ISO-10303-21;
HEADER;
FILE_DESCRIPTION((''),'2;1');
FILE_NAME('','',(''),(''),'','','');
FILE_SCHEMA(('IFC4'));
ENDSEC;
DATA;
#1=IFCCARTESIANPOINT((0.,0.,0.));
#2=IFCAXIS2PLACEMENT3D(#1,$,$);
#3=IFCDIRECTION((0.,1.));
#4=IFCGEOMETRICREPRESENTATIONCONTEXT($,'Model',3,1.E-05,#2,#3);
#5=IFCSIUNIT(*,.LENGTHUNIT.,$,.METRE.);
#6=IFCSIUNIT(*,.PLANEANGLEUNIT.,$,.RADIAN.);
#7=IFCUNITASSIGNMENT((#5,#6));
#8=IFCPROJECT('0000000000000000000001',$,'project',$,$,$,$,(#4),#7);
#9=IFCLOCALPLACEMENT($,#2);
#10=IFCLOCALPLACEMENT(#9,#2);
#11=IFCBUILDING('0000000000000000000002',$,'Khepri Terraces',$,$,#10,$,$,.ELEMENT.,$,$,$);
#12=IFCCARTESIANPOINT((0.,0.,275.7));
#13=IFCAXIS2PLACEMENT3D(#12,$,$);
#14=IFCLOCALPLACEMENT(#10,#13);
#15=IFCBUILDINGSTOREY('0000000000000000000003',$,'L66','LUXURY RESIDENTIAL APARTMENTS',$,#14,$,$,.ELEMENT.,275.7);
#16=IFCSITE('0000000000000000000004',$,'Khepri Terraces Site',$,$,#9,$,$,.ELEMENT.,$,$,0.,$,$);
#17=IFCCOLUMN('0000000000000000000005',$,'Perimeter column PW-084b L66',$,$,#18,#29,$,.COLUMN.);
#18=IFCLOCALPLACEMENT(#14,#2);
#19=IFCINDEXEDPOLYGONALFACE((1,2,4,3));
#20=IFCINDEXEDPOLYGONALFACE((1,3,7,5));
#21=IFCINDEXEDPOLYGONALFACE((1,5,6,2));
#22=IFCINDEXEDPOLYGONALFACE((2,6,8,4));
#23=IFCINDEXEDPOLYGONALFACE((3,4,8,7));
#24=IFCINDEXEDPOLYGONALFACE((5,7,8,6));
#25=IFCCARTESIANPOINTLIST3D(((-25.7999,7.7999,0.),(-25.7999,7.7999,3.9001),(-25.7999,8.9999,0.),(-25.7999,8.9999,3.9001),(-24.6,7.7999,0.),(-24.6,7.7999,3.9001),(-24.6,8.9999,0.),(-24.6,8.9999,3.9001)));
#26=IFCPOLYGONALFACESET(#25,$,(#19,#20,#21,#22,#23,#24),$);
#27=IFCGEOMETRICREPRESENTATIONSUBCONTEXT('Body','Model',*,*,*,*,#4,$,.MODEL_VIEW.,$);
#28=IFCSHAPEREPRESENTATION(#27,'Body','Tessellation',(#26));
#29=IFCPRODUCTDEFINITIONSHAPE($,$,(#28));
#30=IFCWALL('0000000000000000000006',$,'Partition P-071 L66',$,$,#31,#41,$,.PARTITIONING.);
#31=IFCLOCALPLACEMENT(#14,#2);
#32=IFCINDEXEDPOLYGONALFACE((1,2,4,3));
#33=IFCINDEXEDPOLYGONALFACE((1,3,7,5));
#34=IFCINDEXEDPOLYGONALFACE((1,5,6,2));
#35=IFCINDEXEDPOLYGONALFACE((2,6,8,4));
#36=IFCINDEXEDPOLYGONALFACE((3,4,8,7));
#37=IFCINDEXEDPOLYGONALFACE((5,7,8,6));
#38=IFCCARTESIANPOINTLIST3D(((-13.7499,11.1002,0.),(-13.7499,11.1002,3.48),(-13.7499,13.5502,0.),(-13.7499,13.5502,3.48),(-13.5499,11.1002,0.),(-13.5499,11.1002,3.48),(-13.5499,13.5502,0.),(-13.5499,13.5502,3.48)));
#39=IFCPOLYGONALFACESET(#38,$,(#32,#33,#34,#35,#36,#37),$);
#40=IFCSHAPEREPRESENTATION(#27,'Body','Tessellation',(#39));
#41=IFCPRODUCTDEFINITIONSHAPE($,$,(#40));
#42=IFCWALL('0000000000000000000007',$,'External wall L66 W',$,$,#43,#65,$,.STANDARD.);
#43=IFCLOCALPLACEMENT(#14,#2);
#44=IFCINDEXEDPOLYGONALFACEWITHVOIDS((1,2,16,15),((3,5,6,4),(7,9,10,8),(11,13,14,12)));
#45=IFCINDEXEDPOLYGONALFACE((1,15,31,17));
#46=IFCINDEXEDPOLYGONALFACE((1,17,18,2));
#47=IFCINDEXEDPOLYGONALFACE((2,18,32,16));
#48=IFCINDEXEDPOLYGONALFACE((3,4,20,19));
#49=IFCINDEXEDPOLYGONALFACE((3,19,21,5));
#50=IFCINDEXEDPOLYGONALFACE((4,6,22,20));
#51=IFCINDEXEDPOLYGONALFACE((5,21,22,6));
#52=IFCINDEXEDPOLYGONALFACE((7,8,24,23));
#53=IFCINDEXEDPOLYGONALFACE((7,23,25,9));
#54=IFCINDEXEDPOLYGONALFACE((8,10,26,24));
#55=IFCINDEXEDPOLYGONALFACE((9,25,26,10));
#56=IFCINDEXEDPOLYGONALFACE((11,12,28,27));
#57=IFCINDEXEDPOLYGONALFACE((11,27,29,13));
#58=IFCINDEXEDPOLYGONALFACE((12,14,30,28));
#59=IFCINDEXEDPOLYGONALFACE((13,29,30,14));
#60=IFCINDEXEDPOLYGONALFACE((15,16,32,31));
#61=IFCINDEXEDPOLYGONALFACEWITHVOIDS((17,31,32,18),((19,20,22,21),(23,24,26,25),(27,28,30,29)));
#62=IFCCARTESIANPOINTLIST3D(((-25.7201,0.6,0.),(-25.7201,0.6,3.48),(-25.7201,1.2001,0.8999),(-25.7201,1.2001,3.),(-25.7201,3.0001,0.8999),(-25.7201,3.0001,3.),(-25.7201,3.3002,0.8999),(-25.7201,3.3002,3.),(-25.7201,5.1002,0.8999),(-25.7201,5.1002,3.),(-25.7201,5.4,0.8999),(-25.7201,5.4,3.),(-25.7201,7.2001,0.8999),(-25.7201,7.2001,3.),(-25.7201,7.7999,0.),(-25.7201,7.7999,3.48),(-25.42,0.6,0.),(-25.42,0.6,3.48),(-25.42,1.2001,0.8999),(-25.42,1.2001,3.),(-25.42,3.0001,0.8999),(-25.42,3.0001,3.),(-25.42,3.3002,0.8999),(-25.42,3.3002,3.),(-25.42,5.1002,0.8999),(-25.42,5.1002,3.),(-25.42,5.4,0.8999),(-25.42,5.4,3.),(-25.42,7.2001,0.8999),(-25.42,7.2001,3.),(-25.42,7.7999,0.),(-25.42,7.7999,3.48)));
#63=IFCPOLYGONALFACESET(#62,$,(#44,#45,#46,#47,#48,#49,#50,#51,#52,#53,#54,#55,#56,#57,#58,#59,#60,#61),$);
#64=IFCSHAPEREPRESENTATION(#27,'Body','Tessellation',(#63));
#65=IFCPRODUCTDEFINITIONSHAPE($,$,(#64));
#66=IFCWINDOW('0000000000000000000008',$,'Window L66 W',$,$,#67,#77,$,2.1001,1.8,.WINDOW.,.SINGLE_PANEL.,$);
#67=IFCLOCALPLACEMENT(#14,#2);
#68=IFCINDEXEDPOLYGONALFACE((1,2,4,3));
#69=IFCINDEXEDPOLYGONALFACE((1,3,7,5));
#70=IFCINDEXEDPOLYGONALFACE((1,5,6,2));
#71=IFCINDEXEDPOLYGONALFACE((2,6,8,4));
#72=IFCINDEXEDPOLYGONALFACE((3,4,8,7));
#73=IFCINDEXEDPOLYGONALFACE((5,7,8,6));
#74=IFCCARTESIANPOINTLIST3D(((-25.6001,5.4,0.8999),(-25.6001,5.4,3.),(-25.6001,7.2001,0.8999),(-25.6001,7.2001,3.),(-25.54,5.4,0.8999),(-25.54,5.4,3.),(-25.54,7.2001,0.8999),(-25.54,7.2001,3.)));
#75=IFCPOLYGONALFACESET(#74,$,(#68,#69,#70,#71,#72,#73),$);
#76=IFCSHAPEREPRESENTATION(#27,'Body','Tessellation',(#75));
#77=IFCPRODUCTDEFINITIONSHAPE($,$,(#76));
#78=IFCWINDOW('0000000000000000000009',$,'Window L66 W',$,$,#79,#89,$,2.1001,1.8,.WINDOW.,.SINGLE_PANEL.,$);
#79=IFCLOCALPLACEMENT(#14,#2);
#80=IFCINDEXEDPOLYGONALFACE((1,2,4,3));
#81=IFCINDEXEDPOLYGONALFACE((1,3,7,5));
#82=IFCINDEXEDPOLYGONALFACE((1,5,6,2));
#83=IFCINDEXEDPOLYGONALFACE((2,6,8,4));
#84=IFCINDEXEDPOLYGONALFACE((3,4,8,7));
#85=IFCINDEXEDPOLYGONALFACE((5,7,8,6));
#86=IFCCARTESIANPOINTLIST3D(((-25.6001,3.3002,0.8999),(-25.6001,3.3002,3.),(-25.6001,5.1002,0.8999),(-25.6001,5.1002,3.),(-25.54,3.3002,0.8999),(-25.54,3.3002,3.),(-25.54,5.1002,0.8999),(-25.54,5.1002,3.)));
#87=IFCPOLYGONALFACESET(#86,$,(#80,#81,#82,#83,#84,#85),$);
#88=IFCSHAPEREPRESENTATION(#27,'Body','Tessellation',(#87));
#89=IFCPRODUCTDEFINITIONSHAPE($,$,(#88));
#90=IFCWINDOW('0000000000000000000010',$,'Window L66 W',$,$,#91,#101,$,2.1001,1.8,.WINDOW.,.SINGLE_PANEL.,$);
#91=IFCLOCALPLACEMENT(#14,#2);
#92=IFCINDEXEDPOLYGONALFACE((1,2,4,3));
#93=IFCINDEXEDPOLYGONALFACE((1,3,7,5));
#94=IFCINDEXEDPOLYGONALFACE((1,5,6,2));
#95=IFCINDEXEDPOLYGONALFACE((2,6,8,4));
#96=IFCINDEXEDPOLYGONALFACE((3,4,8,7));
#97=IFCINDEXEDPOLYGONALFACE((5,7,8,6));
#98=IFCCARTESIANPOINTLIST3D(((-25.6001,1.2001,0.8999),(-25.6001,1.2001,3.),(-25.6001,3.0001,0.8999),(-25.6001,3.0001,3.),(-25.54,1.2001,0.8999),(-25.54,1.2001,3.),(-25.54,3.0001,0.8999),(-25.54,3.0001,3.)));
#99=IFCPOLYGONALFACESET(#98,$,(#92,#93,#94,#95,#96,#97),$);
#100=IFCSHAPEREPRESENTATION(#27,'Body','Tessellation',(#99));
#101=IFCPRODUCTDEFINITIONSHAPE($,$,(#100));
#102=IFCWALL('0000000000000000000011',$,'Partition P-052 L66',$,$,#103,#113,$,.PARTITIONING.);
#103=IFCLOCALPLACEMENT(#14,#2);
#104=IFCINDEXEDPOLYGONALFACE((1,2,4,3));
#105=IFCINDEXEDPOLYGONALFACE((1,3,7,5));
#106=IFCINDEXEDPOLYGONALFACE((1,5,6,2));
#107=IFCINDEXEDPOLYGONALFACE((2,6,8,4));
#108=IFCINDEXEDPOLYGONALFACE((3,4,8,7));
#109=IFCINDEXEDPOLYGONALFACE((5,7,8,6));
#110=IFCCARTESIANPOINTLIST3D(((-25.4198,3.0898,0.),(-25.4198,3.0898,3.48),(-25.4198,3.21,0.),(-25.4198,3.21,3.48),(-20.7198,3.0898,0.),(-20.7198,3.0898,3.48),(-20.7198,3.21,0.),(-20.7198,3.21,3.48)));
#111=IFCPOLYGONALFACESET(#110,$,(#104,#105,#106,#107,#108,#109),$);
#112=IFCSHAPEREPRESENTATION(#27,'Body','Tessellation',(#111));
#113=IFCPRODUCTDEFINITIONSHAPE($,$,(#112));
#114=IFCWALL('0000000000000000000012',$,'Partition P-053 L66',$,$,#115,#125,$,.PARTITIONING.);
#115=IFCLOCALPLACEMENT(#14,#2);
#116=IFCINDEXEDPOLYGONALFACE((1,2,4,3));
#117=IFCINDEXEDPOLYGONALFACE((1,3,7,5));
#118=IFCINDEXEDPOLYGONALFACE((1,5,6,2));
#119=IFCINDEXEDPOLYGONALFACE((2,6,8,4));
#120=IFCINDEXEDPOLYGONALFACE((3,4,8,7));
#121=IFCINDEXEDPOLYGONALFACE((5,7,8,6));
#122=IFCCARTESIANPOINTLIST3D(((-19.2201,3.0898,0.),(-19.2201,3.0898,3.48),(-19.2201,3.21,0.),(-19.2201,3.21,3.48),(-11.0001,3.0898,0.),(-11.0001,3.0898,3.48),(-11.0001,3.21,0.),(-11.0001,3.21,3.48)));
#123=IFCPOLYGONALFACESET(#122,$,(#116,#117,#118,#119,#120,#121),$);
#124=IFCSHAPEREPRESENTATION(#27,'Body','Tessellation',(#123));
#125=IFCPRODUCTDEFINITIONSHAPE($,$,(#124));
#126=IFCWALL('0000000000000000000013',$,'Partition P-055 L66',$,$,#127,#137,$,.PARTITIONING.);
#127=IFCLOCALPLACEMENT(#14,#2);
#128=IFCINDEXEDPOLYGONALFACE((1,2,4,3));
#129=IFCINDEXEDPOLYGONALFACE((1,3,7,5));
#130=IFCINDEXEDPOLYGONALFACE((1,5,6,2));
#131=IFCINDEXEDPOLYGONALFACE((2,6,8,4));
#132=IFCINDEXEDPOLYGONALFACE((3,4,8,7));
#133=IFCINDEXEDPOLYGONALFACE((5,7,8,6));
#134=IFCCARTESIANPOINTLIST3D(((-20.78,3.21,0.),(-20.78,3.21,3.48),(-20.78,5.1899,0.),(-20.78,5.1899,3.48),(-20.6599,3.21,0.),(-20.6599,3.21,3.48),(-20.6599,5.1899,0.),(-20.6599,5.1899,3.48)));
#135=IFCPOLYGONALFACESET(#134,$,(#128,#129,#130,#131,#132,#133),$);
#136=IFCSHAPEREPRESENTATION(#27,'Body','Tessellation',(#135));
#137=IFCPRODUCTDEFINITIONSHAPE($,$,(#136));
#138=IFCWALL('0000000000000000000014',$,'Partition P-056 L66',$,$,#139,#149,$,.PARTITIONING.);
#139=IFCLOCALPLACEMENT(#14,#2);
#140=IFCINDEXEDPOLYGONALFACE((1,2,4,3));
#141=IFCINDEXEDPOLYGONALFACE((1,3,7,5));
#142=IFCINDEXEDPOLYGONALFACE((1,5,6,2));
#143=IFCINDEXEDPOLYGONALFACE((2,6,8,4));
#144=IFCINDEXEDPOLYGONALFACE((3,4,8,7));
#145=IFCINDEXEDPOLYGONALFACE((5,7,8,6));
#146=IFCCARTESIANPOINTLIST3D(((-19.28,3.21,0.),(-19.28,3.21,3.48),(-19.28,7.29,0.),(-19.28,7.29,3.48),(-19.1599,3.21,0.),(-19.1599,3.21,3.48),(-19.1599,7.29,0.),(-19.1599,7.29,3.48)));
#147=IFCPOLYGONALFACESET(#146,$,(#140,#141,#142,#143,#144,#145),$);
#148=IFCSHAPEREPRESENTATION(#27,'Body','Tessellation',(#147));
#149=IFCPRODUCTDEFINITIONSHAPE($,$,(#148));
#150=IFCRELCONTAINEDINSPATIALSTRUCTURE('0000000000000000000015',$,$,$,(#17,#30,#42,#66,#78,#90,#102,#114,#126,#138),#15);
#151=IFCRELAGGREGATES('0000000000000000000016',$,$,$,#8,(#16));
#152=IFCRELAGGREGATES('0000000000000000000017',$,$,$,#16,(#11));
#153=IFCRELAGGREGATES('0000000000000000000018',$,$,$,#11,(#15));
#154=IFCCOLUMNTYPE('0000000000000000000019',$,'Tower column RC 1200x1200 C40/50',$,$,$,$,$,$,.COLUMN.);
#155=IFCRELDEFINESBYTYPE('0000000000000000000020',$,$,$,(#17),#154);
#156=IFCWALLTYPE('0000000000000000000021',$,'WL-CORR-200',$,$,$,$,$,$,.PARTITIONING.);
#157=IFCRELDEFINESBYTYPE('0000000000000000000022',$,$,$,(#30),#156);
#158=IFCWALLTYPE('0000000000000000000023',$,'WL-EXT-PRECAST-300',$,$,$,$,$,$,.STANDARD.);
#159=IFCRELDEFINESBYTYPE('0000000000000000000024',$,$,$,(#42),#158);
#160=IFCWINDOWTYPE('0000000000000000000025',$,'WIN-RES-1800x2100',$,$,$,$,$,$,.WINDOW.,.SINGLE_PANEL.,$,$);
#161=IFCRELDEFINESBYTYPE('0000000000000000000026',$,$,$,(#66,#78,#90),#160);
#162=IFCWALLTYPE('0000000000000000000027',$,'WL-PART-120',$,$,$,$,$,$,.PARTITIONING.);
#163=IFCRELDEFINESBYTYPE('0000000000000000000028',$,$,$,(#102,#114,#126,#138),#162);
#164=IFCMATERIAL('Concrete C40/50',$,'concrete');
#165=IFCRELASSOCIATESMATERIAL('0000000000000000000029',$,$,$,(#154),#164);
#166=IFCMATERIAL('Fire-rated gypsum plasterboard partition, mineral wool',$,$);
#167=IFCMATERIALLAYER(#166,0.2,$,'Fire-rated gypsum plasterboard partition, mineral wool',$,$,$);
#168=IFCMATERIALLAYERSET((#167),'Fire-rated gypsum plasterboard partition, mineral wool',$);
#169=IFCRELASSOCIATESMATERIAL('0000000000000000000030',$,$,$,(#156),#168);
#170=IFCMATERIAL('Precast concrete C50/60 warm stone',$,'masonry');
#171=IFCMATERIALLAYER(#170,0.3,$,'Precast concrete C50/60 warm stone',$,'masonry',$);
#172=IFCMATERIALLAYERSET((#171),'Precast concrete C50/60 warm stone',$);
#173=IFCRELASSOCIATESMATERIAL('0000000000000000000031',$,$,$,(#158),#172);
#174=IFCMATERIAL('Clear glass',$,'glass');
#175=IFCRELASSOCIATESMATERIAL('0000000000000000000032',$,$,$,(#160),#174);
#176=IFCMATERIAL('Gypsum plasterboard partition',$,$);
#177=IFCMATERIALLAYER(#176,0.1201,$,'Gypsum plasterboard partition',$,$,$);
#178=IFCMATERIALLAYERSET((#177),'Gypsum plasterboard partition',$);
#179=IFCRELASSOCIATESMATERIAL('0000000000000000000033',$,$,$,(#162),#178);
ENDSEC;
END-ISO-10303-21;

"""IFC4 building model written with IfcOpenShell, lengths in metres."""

from ifc_helpers import new_model, si_unit, direction, frame, frame_2d, origin, origin_2d, place, context, subcontext, project, spatial, rectangle, extrude, material, layer, layer_set, material_profile, profile_set, type_object, element, fill, save


model = new_model("IFC4")

# Units and contexts
model_context = context("Model", 3, precision=1e-05, world=origin(), true_north=direction((0.0, 1.0)))
body_context = subcontext(model_context, "Body", "Model", "MODEL_VIEW")
ifc_project = project(units=[si_unit("LENGTHUNIT", "METRE"), si_unit("PLANEANGLEUNIT", "RADIAN")], contexts=[model_context])

# Site, building, storey
site_placement = place(None, origin())
site = spatial("IfcSite", under=ifc_project, at=site_placement, Name="Khepri Terraces Site", CompositionType="ELEMENT", RefElevation=0.0)
building_placement = place(site_placement, origin())
building = spatial("IfcBuilding", under=site, at=building_placement, Name="Khepri Terraces", CompositionType="ELEMENT")
storey_placement = place(building_placement, frame((0.0, 0.0, 275.7)))
storey = spatial("IfcBuildingStorey", under=building, at=storey_placement, Name="L66", Description="LUXURY RESIDENTIAL APARTMENTS", CompositionType="ELEMENT", Elevation=275.7)

# Column
ifc_material_1 = material(Name="Concrete C40/50", Category="concrete")
ifc_material_profile = material_profile(ifc_material_1, rectangle(XDim=1.2, YDim=1.2, at=origin_2d()), Name="Concrete C40/50", Category="concrete")
ifc_profile_set = profile_set([ifc_material_profile], Name="Concrete C40/50")
column_type = type_object("IfcColumnType", Name="Tower column RC 1200x1200 C40/50", PredefinedType="COLUMN", material=ifc_profile_set)
column_placement = place(storey_placement, frame((-25.2, 8.3999, 0.0), z_axis=(0.0, 0.0, 1.0), x_axis=(1.0, 0.0, 0.0)))
element("IfcColumn", 1, at=column_placement, inside=storey, type_object=column_type, Name="Perimeter column PW-084b L66", PredefinedType="COLUMN", context=body_context, shape_type="SweptSolid", body=[
    extrude(rectangle(XDim=1.2, YDim=1.2, at=origin_2d()), origin(), (0.0, 0.0, 1.0), 3.9001),
])

# Shared definitions
ifc_material_2 = material(Name="Fire-rated gypsum plasterboard partition, mineral wool")
ifc_layer_1 = layer(ifc_material_2, 0.2, Name="Fire-rated gypsum plasterboard partition, mineral wool")
ifc_layer_set_1 = layer_set([ifc_layer_1], Name="Fire-rated gypsum plasterboard partition, mineral wool")
wall_type_1 = type_object("IfcWallType", Name="WL-CORR-200", PredefinedType="PARTITIONING", material=ifc_layer_set_1)

# Wall
wall_1_placement = place(storey_placement, frame((-13.6499, 11.1001, 0.0), z_axis=(0.0, 0.0, 1.0), x_axis=(0.0, 1.0, 0.0)))
element("IfcWall", 2, at=wall_1_placement, inside=storey, type_object=wall_type_1, Name="Partition P-071 L66", PredefinedType="PARTITIONING", context=body_context, shape_type="SweptSolid", body=[
    extrude(rectangle(XDim=2.45, YDim=0.2, at=frame_2d((1.2251, 0.0))), origin(), (0.0, 0.0, 1.0), 3.48),
])

# Wall, openings, windows
ifc_material_3 = material(Name="Precast concrete C50/60 warm stone", Category="masonry")
ifc_layer_2 = layer(ifc_material_3, 0.3, Name="Precast concrete C50/60 warm stone", Category="masonry")
ifc_layer_set_2 = layer_set([ifc_layer_2], Name="Precast concrete C50/60 warm stone")
wall_type_2 = type_object("IfcWallType", Name="WL-EXT-PRECAST-300", PredefinedType="STANDARD", material=ifc_layer_set_2)
wall_2_placement = place(storey_placement, frame((-25.5701, 7.8, 0.0), z_axis=(0.0, 0.0, 1.0), x_axis=(0.0, -1.0, 0.0)))
wall_2 = element("IfcWall", 3, at=wall_2_placement, inside=storey, type_object=wall_type_2, Name="External wall L66 W", PredefinedType="STANDARD", context=body_context, shape_type="SweptSolid", body=[
    extrude(rectangle(XDim=7.2, YDim=0.3, at=frame_2d((3.6001, 0.0))), origin(), (0.0, 0.0, 1.0), 3.48),
])
opening_1_placement = place(wall_2_placement, frame((0.6001, 0.0, 0.8999)))
opening_1 = element("IfcOpeningElement", 4, at=opening_1_placement, cuts=wall_2, PredefinedType="OPENING", context=body_context, shape_type="SweptSolid", body=[
    extrude(rectangle(XDim=1.8, YDim=2.1001, at=frame_2d((0.8999, 1.05))), frame((0.0, 0.1602, 0.0), z_axis=(0.0, -1.0, 0.0), x_axis=(1.0, 0.0, 0.0)), (0.0, 0.0, 1.0), 0.3201),
])
opening_2_placement = place(wall_2_placement, frame((2.7, 0.0, 0.8999)))
opening_2 = element("IfcOpeningElement", 5, at=opening_2_placement, cuts=wall_2, PredefinedType="OPENING", context=body_context, shape_type="SweptSolid", body=[
    extrude(rectangle(XDim=1.8, YDim=2.1001, at=frame_2d((0.8999, 1.05))), frame((0.0, 0.1602, 0.0), z_axis=(0.0, -1.0, 0.0), x_axis=(1.0, 0.0, 0.0)), (0.0, 0.0, 1.0), 0.3201),
])
opening_3_placement = place(wall_2_placement, frame((4.8, 0.0, 0.8999)))
opening_3 = element("IfcOpeningElement", 6, at=opening_3_placement, cuts=wall_2, PredefinedType="OPENING", context=body_context, shape_type="SweptSolid", body=[
    extrude(rectangle(XDim=1.8, YDim=2.1001, at=frame_2d((0.8999, 1.05))), frame((0.0, 0.1602, 0.0), z_axis=(0.0, -1.0, 0.0), x_axis=(1.0, 0.0, 0.0)), (0.0, 0.0, 1.0), 0.3201),
])
ifc_material_4 = material(Name="Clear glass", Category="glass")
window_type = type_object("IfcWindowType", Name="WIN-RES-1800x2100", PartitioningType="SINGLE_PANEL", PredefinedType="WINDOW", material=ifc_material_4)
window_1_placement = place(opening_1_placement, origin())
window_1 = element("IfcWindow", 7, at=window_1_placement, inside=storey, type_object=window_type, Name="Window L66 W", OverallHeight=2.1001, OverallWidth=1.8, PartitioningType="SINGLE_PANEL", PredefinedType="WINDOW", context=body_context, shape_type="SweptSolid", body=[
    extrude(rectangle(XDim=1.8, YDim=2.1001, at=frame_2d((0.8999, 1.05))), frame((0.0, 0.03, 0.0), z_axis=(0.0, -1.0, 0.0), x_axis=(1.0, 0.0, 0.0)), (0.0, 0.0, 1.0), 0.0601),
])
fill(opening_1, window_1)
window_2_placement = place(opening_2_placement, origin())
window_2 = element("IfcWindow", 8, at=window_2_placement, inside=storey, type_object=window_type, Name="Window L66 W", OverallHeight=2.1001, OverallWidth=1.8, PartitioningType="SINGLE_PANEL", PredefinedType="WINDOW", context=body_context, shape_type="SweptSolid", body=[
    extrude(rectangle(XDim=1.8, YDim=2.1001, at=frame_2d((0.8999, 1.05))), frame((0.0, 0.03, 0.0), z_axis=(0.0, -1.0, 0.0), x_axis=(1.0, 0.0, 0.0)), (0.0, 0.0, 1.0), 0.0601),
])
fill(opening_2, window_2)
window_3_placement = place(opening_3_placement, origin())
window_3 = element("IfcWindow", 9, at=window_3_placement, inside=storey, type_object=window_type, Name="Window L66 W", OverallHeight=2.1001, OverallWidth=1.8, PartitioningType="SINGLE_PANEL", PredefinedType="WINDOW", context=body_context, shape_type="SweptSolid", body=[
    extrude(rectangle(XDim=1.8, YDim=2.1001, at=frame_2d((0.8999, 1.05))), frame((0.0, 0.03, 0.0), z_axis=(0.0, -1.0, 0.0), x_axis=(1.0, 0.0, 0.0)), (0.0, 0.0, 1.0), 0.0601),
])
fill(opening_3, window_3)

# Walls
ifc_material_5 = material(Name="Gypsum plasterboard partition")
ifc_layer_3 = layer(ifc_material_5, 0.1201, Name="Gypsum plasterboard partition")
ifc_layer_set_3 = layer_set([ifc_layer_3], Name="Gypsum plasterboard partition")
wall_type_3 = type_object("IfcWallType", Name="WL-PART-120", PredefinedType="PARTITIONING", material=ifc_layer_set_3)
wall_3_placement = place(storey_placement, frame((-25.4199, 3.1499, 0.0), z_axis=(0.0, 0.0, 1.0), x_axis=(1.0, 0.0, 0.0)))
element("IfcWall", 10, at=wall_3_placement, inside=storey, type_object=wall_type_3, Name="Partition P-052 L66", PredefinedType="PARTITIONING", context=body_context, shape_type="SweptSolid", body=[
    extrude(rectangle(XDim=4.7, YDim=0.1201, at=frame_2d((2.3501, 0.0))), origin(), (0.0, 0.0, 1.0), 3.48),
])
wall_4_placement = place(storey_placement, frame((-19.22, 3.1499, 0.0), z_axis=(0.0, 0.0, 1.0), x_axis=(1.0, 0.0, 0.0)))
element("IfcWall", 11, at=wall_4_placement, inside=storey, type_object=wall_type_3, Name="Partition P-053 L66", PredefinedType="PARTITIONING", context=body_context, shape_type="SweptSolid", body=[
    extrude(rectangle(XDim=8.22, YDim=0.1201, at=frame_2d((4.1099, 0.0))), origin(), (0.0, 0.0, 1.0), 3.48),
])
wall_5_placement = place(storey_placement, frame((-20.72, 3.21, 0.0), z_axis=(0.0, 0.0, 1.0), x_axis=(0.0, 1.0, 0.0)))
element("IfcWall", 12, at=wall_5_placement, inside=storey, type_object=wall_type_3, Name="Partition P-055 L66", PredefinedType="PARTITIONING", context=body_context, shape_type="SweptSolid", body=[
    extrude(rectangle(XDim=1.98, YDim=0.1201, at=frame_2d((0.99, 0.0))), origin(), (0.0, 0.0, 1.0), 3.48),
])
wall_6_placement = place(storey_placement, frame((-19.22, 3.21, 0.0), z_axis=(0.0, 0.0, 1.0), x_axis=(0.0, 1.0, 0.0)))
element("IfcWall", 13, at=wall_6_placement, inside=storey, type_object=wall_type_3, Name="Partition P-056 L66", PredefinedType="PARTITIONING", context=body_context, shape_type="SweptSolid", body=[
    extrude(rectangle(XDim=4.0801, YDim=0.1201, at=frame_2d((2.04, 0.0))), origin(), (0.0, 0.0, 1.0), 3.48),
])

save(model, "model.ifc")
